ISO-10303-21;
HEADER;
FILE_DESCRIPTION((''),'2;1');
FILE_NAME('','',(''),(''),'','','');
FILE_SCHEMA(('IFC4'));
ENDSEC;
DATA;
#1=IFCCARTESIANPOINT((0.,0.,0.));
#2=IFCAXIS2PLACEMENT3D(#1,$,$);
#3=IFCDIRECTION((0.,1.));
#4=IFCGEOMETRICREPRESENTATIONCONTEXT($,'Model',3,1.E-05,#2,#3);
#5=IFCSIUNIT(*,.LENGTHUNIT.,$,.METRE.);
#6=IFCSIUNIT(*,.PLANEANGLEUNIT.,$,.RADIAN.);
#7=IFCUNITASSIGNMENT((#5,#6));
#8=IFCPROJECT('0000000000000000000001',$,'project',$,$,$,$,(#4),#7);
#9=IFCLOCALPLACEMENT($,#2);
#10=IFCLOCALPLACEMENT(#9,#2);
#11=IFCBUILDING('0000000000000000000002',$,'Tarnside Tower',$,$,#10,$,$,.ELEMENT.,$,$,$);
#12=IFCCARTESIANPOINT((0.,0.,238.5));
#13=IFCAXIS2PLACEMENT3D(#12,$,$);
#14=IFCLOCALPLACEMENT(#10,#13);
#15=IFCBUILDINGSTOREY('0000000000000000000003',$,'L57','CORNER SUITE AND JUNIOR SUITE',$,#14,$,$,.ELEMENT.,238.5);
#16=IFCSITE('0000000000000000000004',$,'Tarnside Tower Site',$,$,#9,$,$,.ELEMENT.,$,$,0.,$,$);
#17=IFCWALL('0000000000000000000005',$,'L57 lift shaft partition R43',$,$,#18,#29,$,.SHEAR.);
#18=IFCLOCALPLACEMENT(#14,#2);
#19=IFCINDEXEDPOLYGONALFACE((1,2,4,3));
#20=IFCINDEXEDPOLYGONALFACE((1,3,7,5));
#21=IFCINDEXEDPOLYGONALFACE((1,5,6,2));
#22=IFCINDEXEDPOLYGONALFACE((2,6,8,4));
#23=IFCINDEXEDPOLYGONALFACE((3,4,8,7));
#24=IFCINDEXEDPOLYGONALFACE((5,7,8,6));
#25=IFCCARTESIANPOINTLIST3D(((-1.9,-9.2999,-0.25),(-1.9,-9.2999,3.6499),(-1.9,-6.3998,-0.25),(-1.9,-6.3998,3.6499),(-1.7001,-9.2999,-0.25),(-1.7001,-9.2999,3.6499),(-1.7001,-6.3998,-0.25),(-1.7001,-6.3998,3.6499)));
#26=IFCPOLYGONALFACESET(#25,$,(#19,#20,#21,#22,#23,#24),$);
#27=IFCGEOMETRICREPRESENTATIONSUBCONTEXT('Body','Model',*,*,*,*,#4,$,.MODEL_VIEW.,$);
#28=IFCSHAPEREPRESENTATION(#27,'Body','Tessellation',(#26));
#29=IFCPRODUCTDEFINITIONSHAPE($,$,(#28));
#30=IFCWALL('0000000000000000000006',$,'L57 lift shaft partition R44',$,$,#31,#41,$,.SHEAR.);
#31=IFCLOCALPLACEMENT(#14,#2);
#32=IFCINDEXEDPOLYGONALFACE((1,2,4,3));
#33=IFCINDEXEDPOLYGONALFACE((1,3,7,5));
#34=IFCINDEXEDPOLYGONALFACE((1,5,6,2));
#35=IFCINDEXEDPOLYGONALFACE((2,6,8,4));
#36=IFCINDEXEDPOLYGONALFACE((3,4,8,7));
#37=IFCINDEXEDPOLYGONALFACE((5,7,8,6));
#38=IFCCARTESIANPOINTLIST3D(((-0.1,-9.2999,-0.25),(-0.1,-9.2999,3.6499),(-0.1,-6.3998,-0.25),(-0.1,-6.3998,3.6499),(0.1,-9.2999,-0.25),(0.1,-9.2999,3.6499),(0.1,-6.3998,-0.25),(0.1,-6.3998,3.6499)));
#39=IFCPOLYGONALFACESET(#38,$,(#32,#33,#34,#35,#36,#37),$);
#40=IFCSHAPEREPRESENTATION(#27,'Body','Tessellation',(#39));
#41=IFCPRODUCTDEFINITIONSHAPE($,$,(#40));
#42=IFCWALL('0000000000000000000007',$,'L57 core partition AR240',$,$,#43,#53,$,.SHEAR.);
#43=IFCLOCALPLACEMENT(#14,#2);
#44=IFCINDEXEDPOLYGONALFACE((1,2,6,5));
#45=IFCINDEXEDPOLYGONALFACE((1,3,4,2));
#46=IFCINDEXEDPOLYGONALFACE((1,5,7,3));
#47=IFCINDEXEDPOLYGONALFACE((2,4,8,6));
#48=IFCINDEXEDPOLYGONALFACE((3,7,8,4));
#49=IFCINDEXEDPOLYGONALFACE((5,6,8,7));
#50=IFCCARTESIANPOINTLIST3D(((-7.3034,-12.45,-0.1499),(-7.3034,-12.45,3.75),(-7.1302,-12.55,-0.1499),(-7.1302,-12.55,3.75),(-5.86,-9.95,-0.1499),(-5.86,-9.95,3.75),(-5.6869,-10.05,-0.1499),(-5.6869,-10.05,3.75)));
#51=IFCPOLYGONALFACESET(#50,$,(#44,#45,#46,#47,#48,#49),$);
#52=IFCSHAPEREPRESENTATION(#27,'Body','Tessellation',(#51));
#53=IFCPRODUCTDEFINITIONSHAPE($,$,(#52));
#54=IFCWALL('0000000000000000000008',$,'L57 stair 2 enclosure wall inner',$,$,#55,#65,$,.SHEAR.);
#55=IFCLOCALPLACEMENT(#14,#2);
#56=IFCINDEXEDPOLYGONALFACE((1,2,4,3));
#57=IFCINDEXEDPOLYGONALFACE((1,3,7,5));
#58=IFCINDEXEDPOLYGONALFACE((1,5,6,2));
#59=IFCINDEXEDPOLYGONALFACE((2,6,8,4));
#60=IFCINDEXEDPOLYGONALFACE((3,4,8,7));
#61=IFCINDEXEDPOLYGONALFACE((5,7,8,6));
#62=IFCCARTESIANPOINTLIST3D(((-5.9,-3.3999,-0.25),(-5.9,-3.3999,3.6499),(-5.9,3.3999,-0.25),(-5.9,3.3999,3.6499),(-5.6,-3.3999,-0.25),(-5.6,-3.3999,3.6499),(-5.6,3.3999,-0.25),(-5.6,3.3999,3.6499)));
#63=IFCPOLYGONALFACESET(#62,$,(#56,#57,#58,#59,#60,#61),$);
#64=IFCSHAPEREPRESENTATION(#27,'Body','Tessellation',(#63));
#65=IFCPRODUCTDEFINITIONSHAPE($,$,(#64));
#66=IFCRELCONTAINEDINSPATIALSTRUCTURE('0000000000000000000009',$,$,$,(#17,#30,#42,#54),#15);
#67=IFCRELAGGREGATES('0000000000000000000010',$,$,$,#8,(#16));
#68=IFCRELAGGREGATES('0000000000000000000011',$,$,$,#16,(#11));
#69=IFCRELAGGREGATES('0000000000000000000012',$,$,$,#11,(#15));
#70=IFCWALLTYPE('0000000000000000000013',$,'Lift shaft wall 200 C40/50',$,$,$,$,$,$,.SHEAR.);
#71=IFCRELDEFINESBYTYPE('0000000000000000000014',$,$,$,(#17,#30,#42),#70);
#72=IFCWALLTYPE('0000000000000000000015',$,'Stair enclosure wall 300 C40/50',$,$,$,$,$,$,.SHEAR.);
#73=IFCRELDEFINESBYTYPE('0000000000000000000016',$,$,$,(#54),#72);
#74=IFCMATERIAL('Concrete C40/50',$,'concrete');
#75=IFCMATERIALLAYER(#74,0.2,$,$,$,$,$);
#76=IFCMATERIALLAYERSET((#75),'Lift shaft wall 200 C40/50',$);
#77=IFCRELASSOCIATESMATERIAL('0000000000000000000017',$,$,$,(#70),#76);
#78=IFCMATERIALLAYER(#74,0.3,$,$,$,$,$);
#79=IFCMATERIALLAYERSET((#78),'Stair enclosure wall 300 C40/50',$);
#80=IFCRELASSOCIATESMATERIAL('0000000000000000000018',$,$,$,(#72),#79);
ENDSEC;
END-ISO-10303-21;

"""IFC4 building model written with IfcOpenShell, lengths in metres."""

from ifc_helpers import new_model, si_unit, direction, frame, frame_2d, origin, place, context, subcontext, project, spatial, rectangle, extrude, material, layer, layer_set, type_object, element, save


model = new_model("IFC4")

# Units and contexts
model_context = context("Model", 3, precision=1e-05, world=origin(), true_north=direction((0.0, 1.0)))
body_context = subcontext(model_context, "Body", "Model", "MODEL_VIEW")
ifc_project = project(units=[si_unit("LENGTHUNIT", "METRE"), si_unit("PLANEANGLEUNIT", "RADIAN")], contexts=[model_context])

# Site, building, storey
site_placement = place(None, origin())
site = spatial("IfcSite", under=ifc_project, at=site_placement, Name="Tarnside Tower Site", CompositionType="ELEMENT", RefElevation=0.0)
building_placement = place(site_placement, origin())
building = spatial("IfcBuilding", under=site, at=building_placement, Name="Tarnside Tower", CompositionType="ELEMENT")
storey_placement = place(building_placement, frame((0.0, 0.0, 238.5)))
storey = spatial("IfcBuildingStorey", under=building, at=storey_placement, Name="L57", Description="CORNER SUITE AND JUNIOR SUITE", CompositionType="ELEMENT", Elevation=238.5)

# Shared definitions
ifc_material_1 = material(Name="Concrete C40/50", Category="concrete")

# Shared definitions
ifc_layer_1 = layer(ifc_material_1, 0.2)
ifc_layer_set_1 = layer_set([ifc_layer_1], Name="Lift shaft wall 200 C40/50")
wall_type_1 = type_object("IfcWallType", Name="Lift shaft wall 200 C40/50", PredefinedType="SHEAR", material=ifc_layer_set_1)

# Walls
for number, where, z_axis, x_axis, name in (
    (1, (-1.8, -9.3, -0.25), (0.0, 0.0, 1.0), (0.0, 1.0, 0.0), "L57 lift shaft partition R43"),
    (2, (0.0, -9.3, -0.25), (0.0, 0.0, 1.0), (0.0, 1.0, 0.0), "L57 lift shaft partition R44"),
):
    element("IfcWall", number, at=place(storey_placement, frame(where, z_axis=z_axis, x_axis=x_axis)), inside=storey, type_object=wall_type_1, Name=name, PredefinedType="SHEAR", context=body_context, shape_type="SweptSolid", body=[
        extrude(rectangle(XDim=2.9001, YDim=0.2, at=frame_2d((1.4502, 0.0))), origin(), (0.0, 0.0, 1.0), 3.8999),
    ])
wall_1_placement = place(storey_placement, frame((-5.7734, -10.0, -0.1499), z_axis=(0.0, 0.0, 1.0), x_axis=(-0.499996, -0.866028, 0.0)))
element("IfcWall", 3, at=wall_1_placement, inside=storey, type_object=wall_type_1, Name="L57 core partition AR240", PredefinedType="SHEAR", context=body_context, shape_type="SweptSolid", body=[
    extrude(rectangle(XDim=2.8867, YDim=0.2, at=frame_2d((1.4434, 0.0))), origin(), (0.0, 0.0, 1.0), 3.8999),
])
ifc_layer_2 = layer(ifc_material_1, 0.3)
ifc_layer_set_2 = layer_set([ifc_layer_2], Name="Stair enclosure wall 300 C40/50")
wall_type_2 = type_object("IfcWallType", Name="Stair enclosure wall 300 C40/50", PredefinedType="SHEAR", material=ifc_layer_set_2)
wall_2_placement = place(storey_placement, frame((-5.75, -3.3999, -0.25), z_axis=(0.0, 0.0, 1.0), x_axis=(0.0, 1.0, 0.0)))
element("IfcWall", 4, at=wall_2_placement, inside=storey, type_object=wall_type_2, Name="L57 stair 2 enclosure wall inner", PredefinedType="SHEAR", context=body_context, shape_type="SweptSolid", body=[
    extrude(rectangle(XDim=6.7998, YDim=0.3, at=frame_2d((3.3999, 0.0))), origin(), (0.0, 0.0, 1.0), 3.8999),
])

save(model, "model.ifc")
